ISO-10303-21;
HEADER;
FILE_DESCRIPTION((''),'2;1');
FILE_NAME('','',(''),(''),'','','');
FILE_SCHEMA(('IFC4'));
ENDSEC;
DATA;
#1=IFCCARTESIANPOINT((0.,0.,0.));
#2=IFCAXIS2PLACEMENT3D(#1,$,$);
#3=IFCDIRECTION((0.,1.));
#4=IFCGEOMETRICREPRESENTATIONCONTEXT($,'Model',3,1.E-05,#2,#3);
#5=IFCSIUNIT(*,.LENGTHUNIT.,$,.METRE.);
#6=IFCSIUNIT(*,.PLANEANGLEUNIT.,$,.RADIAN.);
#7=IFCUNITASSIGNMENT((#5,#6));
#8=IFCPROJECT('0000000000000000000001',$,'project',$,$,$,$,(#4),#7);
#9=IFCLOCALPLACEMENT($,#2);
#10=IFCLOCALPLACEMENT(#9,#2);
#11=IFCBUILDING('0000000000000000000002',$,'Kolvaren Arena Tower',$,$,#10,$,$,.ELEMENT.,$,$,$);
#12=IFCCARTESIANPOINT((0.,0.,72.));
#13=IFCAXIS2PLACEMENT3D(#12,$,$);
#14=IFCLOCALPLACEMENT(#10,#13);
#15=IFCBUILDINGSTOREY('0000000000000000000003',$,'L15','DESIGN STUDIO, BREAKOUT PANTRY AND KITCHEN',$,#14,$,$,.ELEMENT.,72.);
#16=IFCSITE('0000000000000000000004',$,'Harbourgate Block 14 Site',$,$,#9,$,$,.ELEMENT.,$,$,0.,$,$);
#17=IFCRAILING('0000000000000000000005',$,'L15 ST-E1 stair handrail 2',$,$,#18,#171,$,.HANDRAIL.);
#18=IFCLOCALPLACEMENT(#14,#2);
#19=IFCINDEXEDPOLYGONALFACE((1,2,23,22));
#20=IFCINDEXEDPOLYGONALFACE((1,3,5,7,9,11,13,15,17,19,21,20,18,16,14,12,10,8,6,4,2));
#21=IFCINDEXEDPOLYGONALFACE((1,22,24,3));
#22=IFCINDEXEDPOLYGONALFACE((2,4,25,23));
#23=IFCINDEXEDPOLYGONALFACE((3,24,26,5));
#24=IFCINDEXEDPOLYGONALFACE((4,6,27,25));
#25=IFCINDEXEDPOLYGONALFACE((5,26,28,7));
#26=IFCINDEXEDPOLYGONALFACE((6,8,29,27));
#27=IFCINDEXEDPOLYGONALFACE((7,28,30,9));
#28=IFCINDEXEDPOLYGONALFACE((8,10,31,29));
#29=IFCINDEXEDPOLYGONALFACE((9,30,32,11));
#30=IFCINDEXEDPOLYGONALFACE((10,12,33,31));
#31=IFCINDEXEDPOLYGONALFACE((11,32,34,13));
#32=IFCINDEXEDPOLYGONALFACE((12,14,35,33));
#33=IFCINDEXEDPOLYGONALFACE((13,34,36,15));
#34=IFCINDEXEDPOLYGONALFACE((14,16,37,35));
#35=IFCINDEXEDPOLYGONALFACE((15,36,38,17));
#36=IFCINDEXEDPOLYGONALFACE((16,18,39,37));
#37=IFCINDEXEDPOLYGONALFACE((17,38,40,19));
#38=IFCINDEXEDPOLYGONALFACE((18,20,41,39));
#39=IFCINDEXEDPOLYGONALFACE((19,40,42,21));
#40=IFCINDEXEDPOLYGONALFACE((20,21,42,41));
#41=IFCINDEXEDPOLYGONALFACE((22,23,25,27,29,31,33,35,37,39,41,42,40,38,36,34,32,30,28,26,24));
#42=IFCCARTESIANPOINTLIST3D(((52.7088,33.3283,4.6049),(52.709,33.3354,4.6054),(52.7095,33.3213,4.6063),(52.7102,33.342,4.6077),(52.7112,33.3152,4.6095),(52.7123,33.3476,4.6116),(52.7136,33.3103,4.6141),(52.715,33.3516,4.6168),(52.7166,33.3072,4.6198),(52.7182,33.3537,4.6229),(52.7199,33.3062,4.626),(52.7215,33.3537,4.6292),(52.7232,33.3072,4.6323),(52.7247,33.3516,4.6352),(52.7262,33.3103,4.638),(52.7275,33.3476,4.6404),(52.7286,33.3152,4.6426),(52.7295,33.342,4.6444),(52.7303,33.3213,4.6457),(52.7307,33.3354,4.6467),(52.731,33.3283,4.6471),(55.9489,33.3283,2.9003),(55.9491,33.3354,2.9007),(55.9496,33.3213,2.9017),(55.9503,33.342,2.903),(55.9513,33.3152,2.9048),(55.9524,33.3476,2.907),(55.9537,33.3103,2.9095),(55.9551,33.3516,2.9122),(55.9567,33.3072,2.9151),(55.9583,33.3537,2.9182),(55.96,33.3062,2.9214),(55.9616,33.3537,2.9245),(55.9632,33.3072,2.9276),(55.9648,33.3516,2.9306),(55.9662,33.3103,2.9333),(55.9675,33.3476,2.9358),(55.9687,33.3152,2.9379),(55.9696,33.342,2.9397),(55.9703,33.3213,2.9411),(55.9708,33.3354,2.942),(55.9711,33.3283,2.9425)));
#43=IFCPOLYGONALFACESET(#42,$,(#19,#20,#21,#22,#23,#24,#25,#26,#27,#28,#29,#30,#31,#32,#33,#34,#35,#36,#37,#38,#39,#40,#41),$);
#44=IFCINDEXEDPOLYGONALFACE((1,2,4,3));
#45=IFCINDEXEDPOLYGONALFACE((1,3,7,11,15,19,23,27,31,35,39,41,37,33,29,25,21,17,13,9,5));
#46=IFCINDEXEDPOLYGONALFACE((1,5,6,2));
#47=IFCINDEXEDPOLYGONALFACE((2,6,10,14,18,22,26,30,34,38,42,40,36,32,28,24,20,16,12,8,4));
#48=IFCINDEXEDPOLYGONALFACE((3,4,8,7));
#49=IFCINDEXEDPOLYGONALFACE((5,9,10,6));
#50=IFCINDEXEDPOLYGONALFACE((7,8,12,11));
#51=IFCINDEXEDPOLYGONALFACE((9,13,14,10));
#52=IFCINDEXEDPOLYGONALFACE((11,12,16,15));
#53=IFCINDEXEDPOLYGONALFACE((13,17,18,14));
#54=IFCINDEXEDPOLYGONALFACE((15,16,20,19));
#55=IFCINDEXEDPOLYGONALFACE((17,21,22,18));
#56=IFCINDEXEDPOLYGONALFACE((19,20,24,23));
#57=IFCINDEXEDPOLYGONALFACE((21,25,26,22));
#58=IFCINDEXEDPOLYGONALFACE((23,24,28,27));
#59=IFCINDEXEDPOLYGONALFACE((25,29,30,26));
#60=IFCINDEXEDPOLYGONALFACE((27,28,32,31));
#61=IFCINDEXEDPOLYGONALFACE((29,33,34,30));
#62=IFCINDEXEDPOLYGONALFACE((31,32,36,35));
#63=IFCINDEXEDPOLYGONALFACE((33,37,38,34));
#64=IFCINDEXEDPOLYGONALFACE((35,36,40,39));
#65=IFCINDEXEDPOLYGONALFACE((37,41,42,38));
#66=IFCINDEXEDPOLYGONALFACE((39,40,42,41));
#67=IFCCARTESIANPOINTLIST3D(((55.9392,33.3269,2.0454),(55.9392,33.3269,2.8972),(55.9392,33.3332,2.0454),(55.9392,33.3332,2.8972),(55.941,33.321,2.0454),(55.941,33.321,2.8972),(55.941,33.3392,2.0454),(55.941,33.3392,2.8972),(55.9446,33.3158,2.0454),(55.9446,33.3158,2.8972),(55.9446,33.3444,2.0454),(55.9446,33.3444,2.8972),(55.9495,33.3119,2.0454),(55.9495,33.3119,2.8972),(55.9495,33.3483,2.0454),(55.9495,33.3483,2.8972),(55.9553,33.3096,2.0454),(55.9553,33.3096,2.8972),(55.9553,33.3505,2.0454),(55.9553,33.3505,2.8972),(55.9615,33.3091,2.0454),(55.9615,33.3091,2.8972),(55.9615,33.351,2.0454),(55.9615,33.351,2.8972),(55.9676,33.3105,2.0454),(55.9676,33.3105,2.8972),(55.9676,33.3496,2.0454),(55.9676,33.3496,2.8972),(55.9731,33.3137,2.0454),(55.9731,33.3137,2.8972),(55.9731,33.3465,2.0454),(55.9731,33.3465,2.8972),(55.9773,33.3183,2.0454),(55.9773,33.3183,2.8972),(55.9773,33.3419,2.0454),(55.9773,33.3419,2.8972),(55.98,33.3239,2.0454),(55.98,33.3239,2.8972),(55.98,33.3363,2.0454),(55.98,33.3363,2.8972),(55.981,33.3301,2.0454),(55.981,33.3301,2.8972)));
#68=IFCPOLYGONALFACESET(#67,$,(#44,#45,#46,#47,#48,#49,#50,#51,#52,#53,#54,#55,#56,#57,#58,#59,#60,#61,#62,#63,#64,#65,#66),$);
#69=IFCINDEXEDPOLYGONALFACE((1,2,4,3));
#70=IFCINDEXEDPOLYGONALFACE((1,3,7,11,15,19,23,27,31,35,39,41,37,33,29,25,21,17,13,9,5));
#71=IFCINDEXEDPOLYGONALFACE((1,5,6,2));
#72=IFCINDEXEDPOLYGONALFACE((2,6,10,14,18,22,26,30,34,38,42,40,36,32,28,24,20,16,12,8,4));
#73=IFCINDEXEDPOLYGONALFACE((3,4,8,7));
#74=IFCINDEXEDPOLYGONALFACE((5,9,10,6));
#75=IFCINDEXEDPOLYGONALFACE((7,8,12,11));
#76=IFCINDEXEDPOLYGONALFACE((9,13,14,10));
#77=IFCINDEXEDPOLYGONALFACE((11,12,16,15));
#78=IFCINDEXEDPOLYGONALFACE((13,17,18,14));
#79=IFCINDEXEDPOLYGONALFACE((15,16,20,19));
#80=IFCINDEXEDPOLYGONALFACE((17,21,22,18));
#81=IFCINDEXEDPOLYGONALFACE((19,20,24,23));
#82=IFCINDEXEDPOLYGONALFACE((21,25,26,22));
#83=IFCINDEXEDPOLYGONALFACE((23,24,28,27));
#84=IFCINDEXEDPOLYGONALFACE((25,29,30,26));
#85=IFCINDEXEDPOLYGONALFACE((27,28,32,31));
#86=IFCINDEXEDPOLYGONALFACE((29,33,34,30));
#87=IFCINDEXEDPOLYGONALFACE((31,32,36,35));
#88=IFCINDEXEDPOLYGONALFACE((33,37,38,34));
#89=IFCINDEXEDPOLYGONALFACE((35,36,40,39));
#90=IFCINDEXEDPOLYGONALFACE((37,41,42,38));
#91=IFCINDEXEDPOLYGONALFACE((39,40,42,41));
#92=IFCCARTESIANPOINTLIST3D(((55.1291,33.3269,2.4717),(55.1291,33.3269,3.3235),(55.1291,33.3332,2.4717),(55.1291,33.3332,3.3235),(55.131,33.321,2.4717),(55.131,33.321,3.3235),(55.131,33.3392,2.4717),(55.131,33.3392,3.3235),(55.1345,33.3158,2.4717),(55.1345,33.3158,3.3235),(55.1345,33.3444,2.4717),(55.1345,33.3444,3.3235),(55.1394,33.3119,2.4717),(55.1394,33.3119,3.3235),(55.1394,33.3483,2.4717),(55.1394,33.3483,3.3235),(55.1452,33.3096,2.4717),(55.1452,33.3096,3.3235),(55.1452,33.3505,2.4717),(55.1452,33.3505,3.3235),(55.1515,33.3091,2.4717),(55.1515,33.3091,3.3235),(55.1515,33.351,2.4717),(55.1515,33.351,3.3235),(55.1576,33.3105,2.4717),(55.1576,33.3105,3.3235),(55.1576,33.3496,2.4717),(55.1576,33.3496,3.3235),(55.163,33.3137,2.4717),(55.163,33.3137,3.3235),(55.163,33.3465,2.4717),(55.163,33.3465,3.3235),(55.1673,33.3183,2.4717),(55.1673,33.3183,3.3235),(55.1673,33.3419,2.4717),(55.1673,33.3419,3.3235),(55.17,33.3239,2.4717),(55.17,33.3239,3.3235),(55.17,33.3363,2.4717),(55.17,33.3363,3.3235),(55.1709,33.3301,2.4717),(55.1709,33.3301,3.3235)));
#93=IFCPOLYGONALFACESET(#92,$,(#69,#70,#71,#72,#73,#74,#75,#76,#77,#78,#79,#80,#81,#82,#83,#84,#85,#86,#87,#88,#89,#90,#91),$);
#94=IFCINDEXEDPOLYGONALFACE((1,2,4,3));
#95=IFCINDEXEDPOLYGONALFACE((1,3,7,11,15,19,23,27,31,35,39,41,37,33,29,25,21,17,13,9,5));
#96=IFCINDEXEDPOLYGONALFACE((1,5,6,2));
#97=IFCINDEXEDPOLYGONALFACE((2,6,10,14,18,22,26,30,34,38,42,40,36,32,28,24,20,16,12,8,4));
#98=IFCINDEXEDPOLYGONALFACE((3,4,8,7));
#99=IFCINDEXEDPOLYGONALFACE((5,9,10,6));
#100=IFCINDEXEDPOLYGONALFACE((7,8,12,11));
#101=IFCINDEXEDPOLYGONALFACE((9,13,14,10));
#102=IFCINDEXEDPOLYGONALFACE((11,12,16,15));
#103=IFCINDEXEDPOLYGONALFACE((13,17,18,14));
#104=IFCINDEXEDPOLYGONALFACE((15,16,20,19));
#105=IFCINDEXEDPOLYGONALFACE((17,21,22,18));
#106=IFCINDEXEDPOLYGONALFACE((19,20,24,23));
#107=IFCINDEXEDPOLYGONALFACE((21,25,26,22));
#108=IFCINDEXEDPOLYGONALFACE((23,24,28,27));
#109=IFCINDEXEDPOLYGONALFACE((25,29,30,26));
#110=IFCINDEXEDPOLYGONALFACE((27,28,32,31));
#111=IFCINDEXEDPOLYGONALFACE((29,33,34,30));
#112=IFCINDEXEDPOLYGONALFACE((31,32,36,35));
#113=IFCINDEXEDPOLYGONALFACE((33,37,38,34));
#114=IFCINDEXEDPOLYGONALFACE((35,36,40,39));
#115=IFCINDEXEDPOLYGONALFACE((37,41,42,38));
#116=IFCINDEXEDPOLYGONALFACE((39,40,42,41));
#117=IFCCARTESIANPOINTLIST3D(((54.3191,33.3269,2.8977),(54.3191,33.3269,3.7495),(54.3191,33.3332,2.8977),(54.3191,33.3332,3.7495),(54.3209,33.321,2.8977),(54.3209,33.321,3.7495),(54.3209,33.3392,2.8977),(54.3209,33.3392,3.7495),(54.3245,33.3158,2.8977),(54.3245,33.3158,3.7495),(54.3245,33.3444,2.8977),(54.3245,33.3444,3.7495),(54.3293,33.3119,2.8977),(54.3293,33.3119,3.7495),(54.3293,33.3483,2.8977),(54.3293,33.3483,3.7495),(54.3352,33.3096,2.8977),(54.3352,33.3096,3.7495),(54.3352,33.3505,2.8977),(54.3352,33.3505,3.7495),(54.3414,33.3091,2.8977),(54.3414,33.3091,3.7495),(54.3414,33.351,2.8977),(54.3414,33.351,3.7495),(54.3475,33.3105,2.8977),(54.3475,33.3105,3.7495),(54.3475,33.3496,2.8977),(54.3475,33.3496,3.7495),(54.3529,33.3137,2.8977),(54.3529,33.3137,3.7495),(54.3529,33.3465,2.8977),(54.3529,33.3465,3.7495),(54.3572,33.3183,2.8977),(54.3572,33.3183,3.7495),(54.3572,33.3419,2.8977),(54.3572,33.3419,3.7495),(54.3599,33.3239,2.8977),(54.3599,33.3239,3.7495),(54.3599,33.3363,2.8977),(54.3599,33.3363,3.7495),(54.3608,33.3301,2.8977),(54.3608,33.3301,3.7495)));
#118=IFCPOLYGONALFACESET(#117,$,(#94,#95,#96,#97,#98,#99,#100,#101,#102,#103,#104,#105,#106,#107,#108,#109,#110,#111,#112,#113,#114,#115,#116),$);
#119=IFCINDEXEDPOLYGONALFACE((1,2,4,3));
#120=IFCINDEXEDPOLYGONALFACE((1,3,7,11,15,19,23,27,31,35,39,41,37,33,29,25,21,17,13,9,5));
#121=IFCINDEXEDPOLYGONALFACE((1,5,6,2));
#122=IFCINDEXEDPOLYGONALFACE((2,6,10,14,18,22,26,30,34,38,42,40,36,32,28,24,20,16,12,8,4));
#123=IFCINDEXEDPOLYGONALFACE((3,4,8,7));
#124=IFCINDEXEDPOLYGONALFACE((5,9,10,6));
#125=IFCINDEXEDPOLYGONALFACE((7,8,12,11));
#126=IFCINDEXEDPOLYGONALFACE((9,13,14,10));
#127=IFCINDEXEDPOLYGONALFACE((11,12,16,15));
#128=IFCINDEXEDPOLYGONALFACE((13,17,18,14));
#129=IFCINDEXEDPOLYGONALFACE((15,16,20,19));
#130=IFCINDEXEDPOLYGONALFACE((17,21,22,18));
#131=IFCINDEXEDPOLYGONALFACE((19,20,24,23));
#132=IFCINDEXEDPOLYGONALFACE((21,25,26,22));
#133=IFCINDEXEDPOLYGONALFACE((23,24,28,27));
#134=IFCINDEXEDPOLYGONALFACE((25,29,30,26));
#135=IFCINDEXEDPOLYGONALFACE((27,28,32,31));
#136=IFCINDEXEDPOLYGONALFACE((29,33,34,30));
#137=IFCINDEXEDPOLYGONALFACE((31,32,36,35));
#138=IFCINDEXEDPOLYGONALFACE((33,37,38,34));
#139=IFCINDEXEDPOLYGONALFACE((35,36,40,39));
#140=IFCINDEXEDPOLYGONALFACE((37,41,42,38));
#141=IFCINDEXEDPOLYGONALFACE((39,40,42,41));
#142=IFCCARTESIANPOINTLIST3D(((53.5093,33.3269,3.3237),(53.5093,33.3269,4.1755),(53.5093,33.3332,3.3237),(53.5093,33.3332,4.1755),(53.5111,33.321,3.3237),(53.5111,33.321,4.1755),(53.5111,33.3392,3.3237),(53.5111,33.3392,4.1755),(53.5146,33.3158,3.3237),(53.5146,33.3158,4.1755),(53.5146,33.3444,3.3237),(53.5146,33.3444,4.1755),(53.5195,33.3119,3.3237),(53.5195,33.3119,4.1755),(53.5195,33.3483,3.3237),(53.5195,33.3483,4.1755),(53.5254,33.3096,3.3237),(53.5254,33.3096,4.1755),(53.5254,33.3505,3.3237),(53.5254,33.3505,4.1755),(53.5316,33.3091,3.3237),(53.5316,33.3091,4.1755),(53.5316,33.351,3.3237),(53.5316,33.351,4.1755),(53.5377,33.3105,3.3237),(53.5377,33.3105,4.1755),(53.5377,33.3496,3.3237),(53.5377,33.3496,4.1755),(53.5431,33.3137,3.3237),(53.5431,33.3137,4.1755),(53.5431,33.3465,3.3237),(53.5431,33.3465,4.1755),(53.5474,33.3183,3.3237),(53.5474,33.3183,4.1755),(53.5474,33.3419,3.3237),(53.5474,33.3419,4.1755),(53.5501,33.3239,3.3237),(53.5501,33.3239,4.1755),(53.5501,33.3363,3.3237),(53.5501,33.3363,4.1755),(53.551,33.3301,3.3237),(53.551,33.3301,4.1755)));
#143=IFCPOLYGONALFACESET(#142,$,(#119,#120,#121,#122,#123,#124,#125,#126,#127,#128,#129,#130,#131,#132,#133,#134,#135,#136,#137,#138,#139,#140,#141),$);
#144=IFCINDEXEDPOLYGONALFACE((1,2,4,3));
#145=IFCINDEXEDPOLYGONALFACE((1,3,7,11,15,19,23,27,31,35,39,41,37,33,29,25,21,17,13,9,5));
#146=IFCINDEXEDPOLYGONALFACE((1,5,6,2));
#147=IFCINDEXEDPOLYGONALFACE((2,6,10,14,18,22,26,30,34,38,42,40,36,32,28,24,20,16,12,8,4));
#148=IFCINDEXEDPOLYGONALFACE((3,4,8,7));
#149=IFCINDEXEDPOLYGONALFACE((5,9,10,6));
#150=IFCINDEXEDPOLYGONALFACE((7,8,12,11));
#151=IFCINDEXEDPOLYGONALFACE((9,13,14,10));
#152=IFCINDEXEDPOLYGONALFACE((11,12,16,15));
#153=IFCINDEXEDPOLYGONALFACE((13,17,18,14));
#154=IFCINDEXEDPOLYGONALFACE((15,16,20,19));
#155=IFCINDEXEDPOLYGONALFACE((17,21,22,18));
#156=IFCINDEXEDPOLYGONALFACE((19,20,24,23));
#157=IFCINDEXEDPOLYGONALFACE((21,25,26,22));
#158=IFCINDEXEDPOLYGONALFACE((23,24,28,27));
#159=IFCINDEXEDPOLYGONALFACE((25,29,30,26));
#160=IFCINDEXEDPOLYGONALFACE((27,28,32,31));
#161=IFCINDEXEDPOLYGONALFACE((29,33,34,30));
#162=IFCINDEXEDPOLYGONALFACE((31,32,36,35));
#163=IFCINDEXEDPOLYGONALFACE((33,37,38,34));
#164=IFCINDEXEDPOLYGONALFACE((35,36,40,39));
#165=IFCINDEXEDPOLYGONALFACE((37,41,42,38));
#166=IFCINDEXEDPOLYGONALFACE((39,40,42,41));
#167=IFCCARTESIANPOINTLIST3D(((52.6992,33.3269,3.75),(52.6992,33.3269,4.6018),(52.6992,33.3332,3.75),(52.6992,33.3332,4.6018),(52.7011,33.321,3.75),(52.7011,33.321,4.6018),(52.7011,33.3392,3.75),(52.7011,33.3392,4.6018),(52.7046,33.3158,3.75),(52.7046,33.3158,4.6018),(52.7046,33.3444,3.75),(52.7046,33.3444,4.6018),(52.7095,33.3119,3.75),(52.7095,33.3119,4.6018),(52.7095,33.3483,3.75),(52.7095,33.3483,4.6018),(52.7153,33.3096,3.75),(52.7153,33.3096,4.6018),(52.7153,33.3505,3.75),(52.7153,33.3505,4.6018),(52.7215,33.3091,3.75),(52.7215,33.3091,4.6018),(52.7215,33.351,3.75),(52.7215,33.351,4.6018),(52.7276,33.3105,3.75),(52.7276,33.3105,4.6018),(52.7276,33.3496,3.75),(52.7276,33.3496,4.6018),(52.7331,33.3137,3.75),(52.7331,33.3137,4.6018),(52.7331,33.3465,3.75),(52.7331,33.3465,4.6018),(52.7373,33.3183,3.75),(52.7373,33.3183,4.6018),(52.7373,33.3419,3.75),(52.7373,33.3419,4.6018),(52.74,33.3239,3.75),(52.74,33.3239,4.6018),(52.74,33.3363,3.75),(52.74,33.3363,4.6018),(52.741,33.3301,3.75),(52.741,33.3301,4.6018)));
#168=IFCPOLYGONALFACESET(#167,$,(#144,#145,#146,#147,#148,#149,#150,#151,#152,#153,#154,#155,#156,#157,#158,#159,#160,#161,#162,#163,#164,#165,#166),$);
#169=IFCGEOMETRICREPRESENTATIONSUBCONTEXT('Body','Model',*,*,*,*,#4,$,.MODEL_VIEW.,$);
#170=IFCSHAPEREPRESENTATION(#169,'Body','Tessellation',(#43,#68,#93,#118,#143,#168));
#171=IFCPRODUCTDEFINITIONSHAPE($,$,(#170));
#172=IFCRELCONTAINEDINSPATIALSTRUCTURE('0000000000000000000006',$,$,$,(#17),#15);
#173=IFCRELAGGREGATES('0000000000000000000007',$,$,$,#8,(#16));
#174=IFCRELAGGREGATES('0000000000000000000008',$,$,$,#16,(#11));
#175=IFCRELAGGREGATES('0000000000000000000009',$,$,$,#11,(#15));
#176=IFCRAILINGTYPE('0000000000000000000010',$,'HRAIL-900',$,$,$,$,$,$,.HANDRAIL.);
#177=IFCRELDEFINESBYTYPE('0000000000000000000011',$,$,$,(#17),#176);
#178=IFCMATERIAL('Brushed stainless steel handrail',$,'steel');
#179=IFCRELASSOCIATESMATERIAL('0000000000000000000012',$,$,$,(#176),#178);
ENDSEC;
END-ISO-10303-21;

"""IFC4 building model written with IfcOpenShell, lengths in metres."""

from ifc_helpers import new_model, si_unit, direction, frame, origin, origin_2d, place, context, subcontext, project, spatial, circle, extrude, material, type_object, element, save


model = new_model("IFC4")

# Units and contexts
model_context = context("Model", 3, precision=1e-05, world=origin(), true_north=direction((0.0, 1.0)))
body_context = subcontext(model_context, "Body", "Model", "MODEL_VIEW")
ifc_project = project(units=[si_unit("LENGTHUNIT", "METRE"), si_unit("PLANEANGLEUNIT", "RADIAN")], contexts=[model_context])

# Site, building, storey
site_placement = place(None, origin())
site = spatial("IfcSite", under=ifc_project, at=site_placement, Name="Harbourgate Block 14 Site", CompositionType="ELEMENT", RefElevation=0.0)
building_placement = place(site_placement, origin())
building = spatial("IfcBuilding", under=site, at=building_placement, Name="Kolvaren Arena Tower", CompositionType="ELEMENT")
storey_placement = place(building_placement, frame((0.0, 0.0, 72.0)))
storey = spatial("IfcBuildingStorey", under=building, at=storey_placement, Name="L15", Description="DESIGN STUDIO, BREAKOUT PANTRY AND KITCHEN", CompositionType="ELEMENT", Elevation=72.0)

# Railing
ifc_material_1 = material(Name="Brushed stainless steel handrail", Category="steel")
railing_type_1 = type_object("IfcRailingType", Name="HRAIL-900", PredefinedType="HANDRAIL", material=ifc_material_1)
railing_placement = place(storey_placement, frame((55.96, 33.3301, 2.0454)))
element("IfcRailing", 1, at=railing_placement, inside=storey, type_object=railing_type_1, Name="L15 ST-E1 stair handrail 2", PredefinedType="HANDRAIL", context=body_context, shape_type="SweptSolid", body=[
    extrude(circle(Radius=0.0239, at=origin_2d()), frame((0.0, 0.0, 0.876), z_axis=(-0.884993, 0.0, 0.465604), x_axis=(0.0, -1.0, 0.0)), (0.0, 0.0, 1.0), 3.6611),
    extrude(circle(Radius=0.021, at=origin_2d()), origin(), (0.0, 0.0, 1.0), 0.8518),
    extrude(circle(Radius=0.021, at=origin_2d()), frame((-0.8101, 0.0, 0.4263)), (0.0, 0.0, 1.0), 0.8518),
    extrude(circle(Radius=0.021, at=origin_2d()), frame((-1.6201, 0.0, 0.8523)), (0.0, 0.0, 1.0), 0.8518),
    extrude(circle(Radius=0.021, at=origin_2d()), frame((-2.4299, 0.0, 1.2783)), (0.0, 0.0, 1.0), 0.8518),
    extrude(circle(Radius=0.021, at=origin_2d()), frame((-3.24, 0.0, 1.7046)), (0.0, 0.0, 1.0), 0.8518),
])

save(model, "model.ifc")
